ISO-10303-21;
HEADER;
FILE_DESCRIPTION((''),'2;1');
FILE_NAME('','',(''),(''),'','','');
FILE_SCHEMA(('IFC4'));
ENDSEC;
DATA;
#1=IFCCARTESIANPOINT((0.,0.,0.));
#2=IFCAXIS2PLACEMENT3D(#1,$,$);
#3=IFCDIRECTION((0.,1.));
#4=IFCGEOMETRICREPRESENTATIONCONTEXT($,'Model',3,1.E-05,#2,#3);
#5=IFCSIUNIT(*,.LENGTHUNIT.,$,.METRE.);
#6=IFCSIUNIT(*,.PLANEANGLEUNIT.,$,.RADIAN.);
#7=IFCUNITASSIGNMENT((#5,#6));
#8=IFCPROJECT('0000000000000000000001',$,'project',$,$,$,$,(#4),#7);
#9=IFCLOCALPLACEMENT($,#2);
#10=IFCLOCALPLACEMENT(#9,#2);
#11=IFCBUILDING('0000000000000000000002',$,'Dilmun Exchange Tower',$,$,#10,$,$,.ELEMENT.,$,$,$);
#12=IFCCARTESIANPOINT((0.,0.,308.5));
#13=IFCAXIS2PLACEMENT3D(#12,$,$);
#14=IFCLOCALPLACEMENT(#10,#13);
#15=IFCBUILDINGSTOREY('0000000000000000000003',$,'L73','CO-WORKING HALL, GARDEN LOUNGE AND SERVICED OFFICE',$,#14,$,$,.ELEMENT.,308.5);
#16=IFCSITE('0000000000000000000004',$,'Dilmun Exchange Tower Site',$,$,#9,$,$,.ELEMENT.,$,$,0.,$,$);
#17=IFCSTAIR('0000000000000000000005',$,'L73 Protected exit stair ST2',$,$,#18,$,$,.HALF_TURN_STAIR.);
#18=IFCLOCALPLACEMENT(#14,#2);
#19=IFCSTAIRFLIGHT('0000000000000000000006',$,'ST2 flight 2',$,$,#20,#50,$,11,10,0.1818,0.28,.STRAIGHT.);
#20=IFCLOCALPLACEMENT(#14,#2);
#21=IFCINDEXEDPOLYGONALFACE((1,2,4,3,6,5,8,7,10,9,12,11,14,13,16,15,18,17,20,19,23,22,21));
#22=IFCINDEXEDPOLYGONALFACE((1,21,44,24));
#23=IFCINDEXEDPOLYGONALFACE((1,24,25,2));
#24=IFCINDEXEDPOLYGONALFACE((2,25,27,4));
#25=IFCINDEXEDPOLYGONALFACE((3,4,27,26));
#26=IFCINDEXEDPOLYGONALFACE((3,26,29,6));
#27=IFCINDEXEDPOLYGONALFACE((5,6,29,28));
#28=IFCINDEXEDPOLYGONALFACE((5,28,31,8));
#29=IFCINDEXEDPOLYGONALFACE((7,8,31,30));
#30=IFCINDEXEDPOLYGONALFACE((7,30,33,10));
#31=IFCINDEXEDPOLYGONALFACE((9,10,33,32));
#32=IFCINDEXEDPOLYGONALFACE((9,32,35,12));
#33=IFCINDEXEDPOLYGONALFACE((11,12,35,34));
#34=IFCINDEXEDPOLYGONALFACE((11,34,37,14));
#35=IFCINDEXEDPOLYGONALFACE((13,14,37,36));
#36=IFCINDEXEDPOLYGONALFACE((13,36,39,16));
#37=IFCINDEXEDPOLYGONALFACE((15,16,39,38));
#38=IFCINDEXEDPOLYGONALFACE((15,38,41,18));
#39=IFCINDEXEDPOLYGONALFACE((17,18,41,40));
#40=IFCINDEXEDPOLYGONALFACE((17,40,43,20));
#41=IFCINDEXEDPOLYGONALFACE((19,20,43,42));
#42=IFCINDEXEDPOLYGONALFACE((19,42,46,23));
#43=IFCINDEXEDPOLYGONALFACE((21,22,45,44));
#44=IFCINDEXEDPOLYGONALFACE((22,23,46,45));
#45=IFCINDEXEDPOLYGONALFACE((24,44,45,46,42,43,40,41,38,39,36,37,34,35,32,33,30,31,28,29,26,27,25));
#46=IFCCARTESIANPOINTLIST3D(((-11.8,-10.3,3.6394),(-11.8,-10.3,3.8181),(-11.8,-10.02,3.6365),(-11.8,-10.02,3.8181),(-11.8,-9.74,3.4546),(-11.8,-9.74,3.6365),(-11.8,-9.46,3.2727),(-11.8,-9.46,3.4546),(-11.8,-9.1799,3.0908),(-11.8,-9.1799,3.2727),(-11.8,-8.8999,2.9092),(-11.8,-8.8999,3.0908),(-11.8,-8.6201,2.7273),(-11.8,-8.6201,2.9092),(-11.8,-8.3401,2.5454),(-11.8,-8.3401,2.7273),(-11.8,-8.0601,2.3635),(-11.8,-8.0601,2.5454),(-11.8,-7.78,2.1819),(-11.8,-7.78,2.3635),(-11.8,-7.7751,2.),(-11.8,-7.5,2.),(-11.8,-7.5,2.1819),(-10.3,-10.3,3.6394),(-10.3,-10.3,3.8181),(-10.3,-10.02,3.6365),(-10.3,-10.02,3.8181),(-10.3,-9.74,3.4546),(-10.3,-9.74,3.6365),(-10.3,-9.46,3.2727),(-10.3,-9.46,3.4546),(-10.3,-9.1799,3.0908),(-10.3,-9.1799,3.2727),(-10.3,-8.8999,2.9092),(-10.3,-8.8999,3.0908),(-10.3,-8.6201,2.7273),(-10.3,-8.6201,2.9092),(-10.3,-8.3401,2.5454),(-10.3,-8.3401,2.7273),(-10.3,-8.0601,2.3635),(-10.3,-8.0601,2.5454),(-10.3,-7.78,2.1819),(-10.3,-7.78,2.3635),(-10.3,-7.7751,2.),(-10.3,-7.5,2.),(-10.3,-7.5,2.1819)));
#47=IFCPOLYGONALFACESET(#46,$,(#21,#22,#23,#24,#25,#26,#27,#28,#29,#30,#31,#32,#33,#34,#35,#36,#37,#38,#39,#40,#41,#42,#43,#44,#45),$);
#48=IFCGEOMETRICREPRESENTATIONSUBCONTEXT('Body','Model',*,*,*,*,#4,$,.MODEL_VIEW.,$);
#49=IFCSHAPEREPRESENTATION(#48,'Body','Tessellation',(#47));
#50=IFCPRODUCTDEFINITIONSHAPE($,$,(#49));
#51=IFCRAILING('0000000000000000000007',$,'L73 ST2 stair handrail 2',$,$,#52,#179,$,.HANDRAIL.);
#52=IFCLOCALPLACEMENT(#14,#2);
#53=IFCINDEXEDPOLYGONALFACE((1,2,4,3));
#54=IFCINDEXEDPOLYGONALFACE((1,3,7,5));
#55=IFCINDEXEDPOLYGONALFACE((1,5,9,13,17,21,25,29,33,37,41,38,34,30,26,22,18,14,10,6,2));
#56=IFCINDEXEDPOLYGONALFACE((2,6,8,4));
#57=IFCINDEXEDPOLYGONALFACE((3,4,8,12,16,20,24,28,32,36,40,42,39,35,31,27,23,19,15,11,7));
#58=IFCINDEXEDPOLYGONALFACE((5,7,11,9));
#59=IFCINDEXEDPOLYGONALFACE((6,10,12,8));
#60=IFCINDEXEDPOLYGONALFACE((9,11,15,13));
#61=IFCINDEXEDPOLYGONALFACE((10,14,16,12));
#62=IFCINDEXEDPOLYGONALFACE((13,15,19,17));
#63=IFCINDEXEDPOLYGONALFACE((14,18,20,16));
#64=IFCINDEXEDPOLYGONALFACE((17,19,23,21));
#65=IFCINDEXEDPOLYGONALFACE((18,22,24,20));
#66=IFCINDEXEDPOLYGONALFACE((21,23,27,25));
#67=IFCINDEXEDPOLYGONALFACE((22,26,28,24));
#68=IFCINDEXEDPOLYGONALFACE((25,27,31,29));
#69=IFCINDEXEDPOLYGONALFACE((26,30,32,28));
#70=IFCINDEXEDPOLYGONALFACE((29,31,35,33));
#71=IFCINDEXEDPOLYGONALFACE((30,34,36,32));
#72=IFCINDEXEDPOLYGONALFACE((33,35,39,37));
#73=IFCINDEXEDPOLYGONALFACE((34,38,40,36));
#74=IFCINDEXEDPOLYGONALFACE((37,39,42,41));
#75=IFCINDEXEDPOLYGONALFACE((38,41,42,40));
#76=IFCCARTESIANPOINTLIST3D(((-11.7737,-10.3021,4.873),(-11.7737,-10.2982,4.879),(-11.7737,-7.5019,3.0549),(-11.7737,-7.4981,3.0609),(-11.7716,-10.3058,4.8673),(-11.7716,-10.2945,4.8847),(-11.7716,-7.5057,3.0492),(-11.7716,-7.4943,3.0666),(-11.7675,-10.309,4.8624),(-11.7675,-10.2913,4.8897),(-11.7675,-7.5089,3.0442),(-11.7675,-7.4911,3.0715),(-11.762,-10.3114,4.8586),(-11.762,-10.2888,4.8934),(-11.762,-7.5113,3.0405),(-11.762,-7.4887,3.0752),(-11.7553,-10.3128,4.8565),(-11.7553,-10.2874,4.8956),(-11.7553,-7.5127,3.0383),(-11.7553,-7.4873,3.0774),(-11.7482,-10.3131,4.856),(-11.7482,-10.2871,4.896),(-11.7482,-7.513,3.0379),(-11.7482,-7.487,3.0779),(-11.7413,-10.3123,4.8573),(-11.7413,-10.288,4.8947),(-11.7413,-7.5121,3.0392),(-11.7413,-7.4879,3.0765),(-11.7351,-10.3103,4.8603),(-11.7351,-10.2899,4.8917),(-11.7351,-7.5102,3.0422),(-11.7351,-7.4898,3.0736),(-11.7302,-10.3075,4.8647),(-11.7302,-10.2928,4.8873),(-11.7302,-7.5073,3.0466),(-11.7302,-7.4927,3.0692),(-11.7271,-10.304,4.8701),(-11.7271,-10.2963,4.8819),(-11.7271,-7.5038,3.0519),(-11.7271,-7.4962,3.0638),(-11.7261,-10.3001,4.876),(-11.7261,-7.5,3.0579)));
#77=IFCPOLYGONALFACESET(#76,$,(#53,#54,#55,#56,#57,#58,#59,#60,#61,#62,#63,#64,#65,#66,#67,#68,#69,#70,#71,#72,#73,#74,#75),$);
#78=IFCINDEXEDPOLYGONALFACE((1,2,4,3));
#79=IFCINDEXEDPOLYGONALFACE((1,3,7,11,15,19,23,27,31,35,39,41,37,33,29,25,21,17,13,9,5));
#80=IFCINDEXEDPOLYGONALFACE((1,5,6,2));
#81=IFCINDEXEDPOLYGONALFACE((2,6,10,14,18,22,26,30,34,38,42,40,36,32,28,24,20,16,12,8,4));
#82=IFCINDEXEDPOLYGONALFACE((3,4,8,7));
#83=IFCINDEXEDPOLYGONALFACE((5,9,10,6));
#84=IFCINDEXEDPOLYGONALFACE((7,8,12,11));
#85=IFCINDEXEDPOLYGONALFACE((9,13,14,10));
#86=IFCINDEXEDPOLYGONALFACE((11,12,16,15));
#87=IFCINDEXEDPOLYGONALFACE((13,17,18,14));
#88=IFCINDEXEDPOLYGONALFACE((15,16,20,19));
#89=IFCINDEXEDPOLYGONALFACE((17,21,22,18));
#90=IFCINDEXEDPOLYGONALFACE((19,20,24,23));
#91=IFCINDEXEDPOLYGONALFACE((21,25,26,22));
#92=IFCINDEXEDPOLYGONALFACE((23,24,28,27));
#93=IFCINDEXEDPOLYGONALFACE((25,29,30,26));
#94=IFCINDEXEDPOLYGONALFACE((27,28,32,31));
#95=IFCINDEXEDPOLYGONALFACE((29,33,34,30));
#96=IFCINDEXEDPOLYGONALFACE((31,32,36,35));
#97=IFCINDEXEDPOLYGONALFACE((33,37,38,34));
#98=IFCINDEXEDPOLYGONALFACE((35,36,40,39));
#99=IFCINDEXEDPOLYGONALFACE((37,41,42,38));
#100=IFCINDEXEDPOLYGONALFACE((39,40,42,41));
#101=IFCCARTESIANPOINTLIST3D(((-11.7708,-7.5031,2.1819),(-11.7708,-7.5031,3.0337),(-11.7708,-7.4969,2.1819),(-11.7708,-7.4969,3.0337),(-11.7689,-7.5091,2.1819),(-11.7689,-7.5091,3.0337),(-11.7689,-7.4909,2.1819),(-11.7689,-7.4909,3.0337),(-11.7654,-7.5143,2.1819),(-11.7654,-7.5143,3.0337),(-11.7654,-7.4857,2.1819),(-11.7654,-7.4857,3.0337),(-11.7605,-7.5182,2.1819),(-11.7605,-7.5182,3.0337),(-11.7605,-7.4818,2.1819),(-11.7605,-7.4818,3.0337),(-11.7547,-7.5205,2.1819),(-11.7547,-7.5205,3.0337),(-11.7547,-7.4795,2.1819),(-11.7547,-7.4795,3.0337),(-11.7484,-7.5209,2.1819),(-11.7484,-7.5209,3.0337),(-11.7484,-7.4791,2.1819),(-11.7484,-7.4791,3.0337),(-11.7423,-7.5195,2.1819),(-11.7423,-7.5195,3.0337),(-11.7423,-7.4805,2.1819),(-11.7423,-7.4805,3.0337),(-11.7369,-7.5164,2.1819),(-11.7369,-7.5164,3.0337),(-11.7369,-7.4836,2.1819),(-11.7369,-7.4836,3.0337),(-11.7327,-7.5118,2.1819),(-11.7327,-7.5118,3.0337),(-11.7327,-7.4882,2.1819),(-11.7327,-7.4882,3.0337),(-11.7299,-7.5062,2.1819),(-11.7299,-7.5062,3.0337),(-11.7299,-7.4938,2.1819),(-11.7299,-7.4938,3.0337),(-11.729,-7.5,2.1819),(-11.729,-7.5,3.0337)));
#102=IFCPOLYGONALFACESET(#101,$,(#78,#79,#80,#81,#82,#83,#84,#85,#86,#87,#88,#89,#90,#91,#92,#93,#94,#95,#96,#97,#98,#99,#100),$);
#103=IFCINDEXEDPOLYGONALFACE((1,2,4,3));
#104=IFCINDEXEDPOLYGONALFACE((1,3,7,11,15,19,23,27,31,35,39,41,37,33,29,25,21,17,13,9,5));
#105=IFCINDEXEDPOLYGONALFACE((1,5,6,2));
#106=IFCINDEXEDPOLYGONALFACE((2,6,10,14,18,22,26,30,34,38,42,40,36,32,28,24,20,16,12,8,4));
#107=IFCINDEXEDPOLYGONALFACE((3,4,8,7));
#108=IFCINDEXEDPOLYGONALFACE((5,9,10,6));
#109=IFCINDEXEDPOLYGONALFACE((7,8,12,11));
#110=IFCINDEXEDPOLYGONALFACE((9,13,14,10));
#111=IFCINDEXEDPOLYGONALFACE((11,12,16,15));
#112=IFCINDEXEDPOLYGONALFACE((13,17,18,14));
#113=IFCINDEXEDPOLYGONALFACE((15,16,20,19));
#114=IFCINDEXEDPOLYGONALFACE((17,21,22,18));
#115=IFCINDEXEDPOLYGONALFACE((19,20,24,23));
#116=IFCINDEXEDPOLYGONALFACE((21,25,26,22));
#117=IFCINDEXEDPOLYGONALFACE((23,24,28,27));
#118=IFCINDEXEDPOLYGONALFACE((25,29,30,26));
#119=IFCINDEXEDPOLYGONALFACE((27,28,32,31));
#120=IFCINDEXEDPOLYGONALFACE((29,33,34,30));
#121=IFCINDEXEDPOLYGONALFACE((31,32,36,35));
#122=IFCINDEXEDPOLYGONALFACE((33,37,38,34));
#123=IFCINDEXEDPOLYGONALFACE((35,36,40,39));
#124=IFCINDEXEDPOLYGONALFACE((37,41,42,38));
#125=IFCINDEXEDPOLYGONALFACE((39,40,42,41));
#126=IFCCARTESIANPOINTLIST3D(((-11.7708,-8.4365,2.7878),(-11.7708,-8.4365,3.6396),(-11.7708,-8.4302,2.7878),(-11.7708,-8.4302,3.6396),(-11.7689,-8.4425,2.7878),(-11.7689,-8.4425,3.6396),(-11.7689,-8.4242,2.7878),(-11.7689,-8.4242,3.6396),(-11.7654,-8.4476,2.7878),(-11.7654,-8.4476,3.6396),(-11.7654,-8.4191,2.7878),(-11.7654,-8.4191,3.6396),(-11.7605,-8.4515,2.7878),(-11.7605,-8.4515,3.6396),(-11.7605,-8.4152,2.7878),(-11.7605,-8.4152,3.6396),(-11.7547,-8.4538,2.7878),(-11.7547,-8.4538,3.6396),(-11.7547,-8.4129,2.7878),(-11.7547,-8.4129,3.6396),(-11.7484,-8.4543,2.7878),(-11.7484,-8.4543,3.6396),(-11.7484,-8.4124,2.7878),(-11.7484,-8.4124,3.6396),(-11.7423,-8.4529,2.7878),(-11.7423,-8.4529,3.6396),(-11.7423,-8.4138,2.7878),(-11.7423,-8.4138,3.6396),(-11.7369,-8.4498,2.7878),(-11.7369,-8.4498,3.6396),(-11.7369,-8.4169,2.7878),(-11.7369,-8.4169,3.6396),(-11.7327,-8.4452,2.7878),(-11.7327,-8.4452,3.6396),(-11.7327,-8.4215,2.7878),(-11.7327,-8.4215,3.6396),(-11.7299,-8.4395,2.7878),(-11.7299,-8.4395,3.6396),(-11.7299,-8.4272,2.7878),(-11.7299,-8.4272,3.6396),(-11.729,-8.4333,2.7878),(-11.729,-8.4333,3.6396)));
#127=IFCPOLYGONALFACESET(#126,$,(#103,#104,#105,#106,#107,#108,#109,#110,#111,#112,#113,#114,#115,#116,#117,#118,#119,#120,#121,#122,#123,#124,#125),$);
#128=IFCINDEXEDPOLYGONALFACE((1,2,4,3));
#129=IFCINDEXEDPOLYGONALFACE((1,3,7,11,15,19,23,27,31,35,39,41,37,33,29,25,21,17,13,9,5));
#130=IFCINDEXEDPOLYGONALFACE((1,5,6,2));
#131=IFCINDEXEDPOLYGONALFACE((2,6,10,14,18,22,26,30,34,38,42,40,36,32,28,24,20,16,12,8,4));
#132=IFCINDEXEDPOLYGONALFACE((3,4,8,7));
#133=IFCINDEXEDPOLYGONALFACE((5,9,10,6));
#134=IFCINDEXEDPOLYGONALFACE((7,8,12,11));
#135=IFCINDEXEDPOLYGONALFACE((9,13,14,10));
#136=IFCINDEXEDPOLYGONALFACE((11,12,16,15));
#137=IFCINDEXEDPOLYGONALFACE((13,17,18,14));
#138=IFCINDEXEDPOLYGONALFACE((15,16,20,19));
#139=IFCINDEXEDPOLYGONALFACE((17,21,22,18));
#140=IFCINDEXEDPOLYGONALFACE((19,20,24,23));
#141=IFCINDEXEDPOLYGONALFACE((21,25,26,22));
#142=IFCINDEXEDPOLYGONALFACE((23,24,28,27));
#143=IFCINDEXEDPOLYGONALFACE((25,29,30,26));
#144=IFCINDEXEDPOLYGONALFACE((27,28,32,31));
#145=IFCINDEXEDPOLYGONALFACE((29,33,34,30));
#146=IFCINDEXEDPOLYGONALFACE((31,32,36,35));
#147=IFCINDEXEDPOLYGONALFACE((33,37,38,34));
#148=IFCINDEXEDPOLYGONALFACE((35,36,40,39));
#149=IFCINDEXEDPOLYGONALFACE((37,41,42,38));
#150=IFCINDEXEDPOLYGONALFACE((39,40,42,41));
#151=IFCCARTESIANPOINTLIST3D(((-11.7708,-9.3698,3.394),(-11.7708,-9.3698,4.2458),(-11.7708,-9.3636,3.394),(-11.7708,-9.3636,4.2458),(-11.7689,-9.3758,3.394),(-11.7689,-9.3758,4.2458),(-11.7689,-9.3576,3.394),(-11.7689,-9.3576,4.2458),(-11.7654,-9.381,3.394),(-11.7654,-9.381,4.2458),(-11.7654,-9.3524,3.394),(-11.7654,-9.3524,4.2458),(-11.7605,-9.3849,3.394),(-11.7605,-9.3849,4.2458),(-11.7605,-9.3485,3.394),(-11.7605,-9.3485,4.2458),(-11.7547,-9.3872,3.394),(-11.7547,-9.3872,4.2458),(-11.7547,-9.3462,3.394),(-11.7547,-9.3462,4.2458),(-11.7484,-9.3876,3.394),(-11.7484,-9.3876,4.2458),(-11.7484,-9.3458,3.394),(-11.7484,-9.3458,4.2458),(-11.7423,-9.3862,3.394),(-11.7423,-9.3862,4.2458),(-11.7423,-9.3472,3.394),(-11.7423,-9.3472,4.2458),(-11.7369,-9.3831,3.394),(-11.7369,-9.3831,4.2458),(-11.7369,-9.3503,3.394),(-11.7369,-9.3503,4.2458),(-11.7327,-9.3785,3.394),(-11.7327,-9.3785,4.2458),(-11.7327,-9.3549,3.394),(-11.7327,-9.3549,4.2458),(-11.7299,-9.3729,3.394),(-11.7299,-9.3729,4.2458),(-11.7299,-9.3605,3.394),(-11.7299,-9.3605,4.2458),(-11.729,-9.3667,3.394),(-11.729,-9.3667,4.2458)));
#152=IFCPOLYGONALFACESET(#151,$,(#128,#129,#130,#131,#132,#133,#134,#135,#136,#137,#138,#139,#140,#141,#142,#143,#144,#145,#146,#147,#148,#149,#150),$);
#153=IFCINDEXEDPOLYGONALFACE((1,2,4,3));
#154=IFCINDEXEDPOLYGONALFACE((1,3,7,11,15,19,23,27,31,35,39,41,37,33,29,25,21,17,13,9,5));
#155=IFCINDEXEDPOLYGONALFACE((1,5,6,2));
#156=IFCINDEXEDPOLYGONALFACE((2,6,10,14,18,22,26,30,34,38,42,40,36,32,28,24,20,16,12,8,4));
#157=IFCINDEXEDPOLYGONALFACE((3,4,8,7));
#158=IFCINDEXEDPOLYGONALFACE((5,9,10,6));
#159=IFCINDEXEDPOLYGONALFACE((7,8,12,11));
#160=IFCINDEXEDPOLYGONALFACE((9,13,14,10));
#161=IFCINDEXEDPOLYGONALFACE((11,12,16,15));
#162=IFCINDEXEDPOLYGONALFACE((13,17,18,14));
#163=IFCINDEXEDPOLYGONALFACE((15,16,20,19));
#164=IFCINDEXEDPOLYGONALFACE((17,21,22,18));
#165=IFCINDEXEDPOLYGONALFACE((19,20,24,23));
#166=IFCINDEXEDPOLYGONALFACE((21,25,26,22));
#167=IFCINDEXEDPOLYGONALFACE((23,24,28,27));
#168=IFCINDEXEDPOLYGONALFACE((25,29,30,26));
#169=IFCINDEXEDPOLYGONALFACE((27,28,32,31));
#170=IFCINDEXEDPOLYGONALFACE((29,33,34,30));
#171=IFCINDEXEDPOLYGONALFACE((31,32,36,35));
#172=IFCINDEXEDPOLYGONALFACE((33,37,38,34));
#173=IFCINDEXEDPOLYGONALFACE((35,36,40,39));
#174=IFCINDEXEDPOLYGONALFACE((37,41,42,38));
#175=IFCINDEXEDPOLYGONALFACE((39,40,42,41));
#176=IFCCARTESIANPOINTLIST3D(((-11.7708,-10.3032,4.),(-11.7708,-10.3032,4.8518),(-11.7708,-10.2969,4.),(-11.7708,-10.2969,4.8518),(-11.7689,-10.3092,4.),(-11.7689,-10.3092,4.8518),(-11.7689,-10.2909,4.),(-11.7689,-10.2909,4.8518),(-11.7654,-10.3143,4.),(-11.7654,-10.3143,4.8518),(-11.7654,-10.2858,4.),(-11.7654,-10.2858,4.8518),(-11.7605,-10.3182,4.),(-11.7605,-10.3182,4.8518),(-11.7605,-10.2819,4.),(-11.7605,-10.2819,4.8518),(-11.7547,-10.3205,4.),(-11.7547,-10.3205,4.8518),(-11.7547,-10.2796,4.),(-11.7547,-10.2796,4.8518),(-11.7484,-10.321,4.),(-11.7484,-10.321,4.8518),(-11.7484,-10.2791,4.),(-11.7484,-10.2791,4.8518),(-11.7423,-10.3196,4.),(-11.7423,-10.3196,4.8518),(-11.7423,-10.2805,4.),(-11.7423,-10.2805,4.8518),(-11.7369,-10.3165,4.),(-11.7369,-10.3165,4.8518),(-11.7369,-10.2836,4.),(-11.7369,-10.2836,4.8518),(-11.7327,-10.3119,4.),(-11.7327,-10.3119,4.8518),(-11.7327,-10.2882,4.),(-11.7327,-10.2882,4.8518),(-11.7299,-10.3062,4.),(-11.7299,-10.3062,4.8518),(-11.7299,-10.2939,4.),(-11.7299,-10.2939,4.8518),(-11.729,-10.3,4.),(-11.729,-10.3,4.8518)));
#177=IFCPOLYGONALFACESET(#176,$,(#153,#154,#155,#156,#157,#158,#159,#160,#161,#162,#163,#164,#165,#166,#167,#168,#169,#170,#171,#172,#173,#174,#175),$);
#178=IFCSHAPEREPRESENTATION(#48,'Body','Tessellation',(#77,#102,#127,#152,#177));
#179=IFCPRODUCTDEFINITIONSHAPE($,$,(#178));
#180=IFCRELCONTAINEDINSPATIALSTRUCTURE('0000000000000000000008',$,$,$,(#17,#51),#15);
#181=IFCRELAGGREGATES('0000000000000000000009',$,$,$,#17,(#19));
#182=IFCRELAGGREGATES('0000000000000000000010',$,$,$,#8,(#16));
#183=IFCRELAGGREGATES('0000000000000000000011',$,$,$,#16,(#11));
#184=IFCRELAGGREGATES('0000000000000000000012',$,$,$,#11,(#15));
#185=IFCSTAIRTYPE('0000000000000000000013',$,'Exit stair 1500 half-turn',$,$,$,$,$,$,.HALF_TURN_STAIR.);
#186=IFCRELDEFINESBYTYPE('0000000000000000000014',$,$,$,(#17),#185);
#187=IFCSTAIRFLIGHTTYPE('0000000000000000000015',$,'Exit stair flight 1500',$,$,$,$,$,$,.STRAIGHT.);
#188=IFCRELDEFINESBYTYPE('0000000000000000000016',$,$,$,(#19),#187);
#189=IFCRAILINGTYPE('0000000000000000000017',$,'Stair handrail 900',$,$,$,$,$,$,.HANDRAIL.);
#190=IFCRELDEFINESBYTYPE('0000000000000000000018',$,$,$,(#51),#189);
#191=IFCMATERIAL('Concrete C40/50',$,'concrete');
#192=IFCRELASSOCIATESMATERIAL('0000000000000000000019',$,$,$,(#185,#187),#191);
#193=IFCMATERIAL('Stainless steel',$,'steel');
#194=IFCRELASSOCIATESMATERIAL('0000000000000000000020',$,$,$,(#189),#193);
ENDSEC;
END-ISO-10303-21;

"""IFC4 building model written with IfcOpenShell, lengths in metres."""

from ifc_helpers import new_model, si_unit, direction, frame, origin, origin_2d, place, context, subcontext, project, spatial, polyline, circle, outline, extrude, material, type_object, element, aggregate, save


model = new_model("IFC4")

# Units and contexts
model_context = context("Model", 3, precision=1e-05, world=origin(), true_north=direction((0.0, 1.0)))
body_context = subcontext(model_context, "Body", "Model", "MODEL_VIEW")
ifc_project = project(units=[si_unit("LENGTHUNIT", "METRE"), si_unit("PLANEANGLEUNIT", "RADIAN")], contexts=[model_context])

# Site, building, storey
site_placement = place(None, origin())
site = spatial("IfcSite", under=ifc_project, at=site_placement, Name="Dilmun Exchange Tower Site", CompositionType="ELEMENT", RefElevation=0.0)
building_placement = place(site_placement, origin())
building = spatial("IfcBuilding", under=site, at=building_placement, Name="Dilmun Exchange Tower", CompositionType="ELEMENT")
storey_placement = place(building_placement, frame((0.0, 0.0, 308.5)))
storey = spatial("IfcBuildingStorey", under=building, at=storey_placement, Name="L73", Description="CO-WORKING HALL, GARDEN LOUNGE AND SERVICED OFFICE", CompositionType="ELEMENT", Elevation=308.5)

# Stair
ifc_material_1 = material(Name="Concrete C40/50", Category="concrete")
stair_type = type_object("IfcStairType", Name="Exit stair 1500 half-turn", PredefinedType="HALF_TURN_STAIR", material=ifc_material_1)
stair_1_placement = place(storey_placement, origin())
stair_1 = element("IfcStair", 1, at=stair_1_placement, inside=storey, type_object=stair_type, Name="L73 Protected exit stair ST2", PredefinedType="HALF_TURN_STAIR")

# Stair flight
stair_flight_type = type_object("IfcStairFlightType", Name="Exit stair flight 1500", PredefinedType="STRAIGHT", material=ifc_material_1)
stair_flight_placement = place(storey_placement, frame((-11.05, -7.5, 2.0), z_axis=(0.0, 0.0, 1.0), x_axis=(0.0, -1.0, 0.0)))
stair_flight = element("IfcStairFlight", 2, at=stair_flight_placement, type_object=stair_flight_type, Name="ST2 flight 2", NumberOfRisers=11, NumberOfTreads=10, PredefinedType="STRAIGHT", RiserHeight=0.1818, TreadLength=0.28, context=body_context, shape_type="SweptSolid", body=[
    extrude(outline(polyline([(0.0, 0.0), (0.0, 0.1819), (0.28, 0.1819), (0.28, 0.3635), (0.5601, 0.3635), (0.5601, 0.5454), (0.8401, 0.5454), (0.8401, 0.7273), (1.1201, 0.7273), (1.1201, 0.9092), (1.3999, 0.9092), (1.3999, 1.0908), (1.6799, 1.0908), (1.6799, 1.2727), (1.96, 1.2727), (1.96, 1.4546), (2.24, 1.4546), (2.24, 1.6365), (2.52, 1.6365), (2.52, 1.8181), (2.8, 1.8181), (2.8, 2.0), (2.8, 1.6394), (0.2751, 0.0), (0.0, 0.0)])), frame((0.0, 0.75, 0.0), z_axis=(0.0, -1.0, 0.0), x_axis=(1.0, 0.0, 0.0)), (0.0, 0.0, 1.0), 1.5),
])
aggregate(stair_1, [stair_flight])

# Railing
ifc_material_2 = material(Name="Stainless steel", Category="steel")
railing_type = type_object("IfcRailingType", Name="Stair handrail 900", PredefinedType="HANDRAIL", material=ifc_material_2)
railing_placement = place(storey_placement, frame((-11.75, -7.5, 2.1819)))
element("IfcRailing", 3, at=railing_placement, inside=storey, type_object=railing_type, Name="L73 ST2 stair handrail 2", PredefinedType="HANDRAIL", context=body_context, shape_type="SweptSolid", body=[
    extrude(circle(Radius=0.0239, at=origin_2d()), frame((0.0, 0.0, 0.876), z_axis=(0.0, -0.838706, 0.544585), x_axis=(1.0, 0.0, 0.0)), (0.0, 0.0, 1.0), 3.3386),
    extrude(circle(Radius=0.021, at=origin_2d()), origin(), (0.0, 0.0, 1.0), 0.8518),
    extrude(circle(Radius=0.021, at=origin_2d()), frame((0.0, -0.9333, 0.606)), (0.0, 0.0, 1.0), 0.8518),
    extrude(circle(Radius=0.021, at=origin_2d()), frame((0.0, -1.8667, 1.2122)), (0.0, 0.0, 1.0), 0.8518),
    extrude(circle(Radius=0.021, at=origin_2d()), frame((0.0, -2.8, 1.8181)), (0.0, 0.0, 1.0), 0.8518),
])

save(model, "model.ifc")
